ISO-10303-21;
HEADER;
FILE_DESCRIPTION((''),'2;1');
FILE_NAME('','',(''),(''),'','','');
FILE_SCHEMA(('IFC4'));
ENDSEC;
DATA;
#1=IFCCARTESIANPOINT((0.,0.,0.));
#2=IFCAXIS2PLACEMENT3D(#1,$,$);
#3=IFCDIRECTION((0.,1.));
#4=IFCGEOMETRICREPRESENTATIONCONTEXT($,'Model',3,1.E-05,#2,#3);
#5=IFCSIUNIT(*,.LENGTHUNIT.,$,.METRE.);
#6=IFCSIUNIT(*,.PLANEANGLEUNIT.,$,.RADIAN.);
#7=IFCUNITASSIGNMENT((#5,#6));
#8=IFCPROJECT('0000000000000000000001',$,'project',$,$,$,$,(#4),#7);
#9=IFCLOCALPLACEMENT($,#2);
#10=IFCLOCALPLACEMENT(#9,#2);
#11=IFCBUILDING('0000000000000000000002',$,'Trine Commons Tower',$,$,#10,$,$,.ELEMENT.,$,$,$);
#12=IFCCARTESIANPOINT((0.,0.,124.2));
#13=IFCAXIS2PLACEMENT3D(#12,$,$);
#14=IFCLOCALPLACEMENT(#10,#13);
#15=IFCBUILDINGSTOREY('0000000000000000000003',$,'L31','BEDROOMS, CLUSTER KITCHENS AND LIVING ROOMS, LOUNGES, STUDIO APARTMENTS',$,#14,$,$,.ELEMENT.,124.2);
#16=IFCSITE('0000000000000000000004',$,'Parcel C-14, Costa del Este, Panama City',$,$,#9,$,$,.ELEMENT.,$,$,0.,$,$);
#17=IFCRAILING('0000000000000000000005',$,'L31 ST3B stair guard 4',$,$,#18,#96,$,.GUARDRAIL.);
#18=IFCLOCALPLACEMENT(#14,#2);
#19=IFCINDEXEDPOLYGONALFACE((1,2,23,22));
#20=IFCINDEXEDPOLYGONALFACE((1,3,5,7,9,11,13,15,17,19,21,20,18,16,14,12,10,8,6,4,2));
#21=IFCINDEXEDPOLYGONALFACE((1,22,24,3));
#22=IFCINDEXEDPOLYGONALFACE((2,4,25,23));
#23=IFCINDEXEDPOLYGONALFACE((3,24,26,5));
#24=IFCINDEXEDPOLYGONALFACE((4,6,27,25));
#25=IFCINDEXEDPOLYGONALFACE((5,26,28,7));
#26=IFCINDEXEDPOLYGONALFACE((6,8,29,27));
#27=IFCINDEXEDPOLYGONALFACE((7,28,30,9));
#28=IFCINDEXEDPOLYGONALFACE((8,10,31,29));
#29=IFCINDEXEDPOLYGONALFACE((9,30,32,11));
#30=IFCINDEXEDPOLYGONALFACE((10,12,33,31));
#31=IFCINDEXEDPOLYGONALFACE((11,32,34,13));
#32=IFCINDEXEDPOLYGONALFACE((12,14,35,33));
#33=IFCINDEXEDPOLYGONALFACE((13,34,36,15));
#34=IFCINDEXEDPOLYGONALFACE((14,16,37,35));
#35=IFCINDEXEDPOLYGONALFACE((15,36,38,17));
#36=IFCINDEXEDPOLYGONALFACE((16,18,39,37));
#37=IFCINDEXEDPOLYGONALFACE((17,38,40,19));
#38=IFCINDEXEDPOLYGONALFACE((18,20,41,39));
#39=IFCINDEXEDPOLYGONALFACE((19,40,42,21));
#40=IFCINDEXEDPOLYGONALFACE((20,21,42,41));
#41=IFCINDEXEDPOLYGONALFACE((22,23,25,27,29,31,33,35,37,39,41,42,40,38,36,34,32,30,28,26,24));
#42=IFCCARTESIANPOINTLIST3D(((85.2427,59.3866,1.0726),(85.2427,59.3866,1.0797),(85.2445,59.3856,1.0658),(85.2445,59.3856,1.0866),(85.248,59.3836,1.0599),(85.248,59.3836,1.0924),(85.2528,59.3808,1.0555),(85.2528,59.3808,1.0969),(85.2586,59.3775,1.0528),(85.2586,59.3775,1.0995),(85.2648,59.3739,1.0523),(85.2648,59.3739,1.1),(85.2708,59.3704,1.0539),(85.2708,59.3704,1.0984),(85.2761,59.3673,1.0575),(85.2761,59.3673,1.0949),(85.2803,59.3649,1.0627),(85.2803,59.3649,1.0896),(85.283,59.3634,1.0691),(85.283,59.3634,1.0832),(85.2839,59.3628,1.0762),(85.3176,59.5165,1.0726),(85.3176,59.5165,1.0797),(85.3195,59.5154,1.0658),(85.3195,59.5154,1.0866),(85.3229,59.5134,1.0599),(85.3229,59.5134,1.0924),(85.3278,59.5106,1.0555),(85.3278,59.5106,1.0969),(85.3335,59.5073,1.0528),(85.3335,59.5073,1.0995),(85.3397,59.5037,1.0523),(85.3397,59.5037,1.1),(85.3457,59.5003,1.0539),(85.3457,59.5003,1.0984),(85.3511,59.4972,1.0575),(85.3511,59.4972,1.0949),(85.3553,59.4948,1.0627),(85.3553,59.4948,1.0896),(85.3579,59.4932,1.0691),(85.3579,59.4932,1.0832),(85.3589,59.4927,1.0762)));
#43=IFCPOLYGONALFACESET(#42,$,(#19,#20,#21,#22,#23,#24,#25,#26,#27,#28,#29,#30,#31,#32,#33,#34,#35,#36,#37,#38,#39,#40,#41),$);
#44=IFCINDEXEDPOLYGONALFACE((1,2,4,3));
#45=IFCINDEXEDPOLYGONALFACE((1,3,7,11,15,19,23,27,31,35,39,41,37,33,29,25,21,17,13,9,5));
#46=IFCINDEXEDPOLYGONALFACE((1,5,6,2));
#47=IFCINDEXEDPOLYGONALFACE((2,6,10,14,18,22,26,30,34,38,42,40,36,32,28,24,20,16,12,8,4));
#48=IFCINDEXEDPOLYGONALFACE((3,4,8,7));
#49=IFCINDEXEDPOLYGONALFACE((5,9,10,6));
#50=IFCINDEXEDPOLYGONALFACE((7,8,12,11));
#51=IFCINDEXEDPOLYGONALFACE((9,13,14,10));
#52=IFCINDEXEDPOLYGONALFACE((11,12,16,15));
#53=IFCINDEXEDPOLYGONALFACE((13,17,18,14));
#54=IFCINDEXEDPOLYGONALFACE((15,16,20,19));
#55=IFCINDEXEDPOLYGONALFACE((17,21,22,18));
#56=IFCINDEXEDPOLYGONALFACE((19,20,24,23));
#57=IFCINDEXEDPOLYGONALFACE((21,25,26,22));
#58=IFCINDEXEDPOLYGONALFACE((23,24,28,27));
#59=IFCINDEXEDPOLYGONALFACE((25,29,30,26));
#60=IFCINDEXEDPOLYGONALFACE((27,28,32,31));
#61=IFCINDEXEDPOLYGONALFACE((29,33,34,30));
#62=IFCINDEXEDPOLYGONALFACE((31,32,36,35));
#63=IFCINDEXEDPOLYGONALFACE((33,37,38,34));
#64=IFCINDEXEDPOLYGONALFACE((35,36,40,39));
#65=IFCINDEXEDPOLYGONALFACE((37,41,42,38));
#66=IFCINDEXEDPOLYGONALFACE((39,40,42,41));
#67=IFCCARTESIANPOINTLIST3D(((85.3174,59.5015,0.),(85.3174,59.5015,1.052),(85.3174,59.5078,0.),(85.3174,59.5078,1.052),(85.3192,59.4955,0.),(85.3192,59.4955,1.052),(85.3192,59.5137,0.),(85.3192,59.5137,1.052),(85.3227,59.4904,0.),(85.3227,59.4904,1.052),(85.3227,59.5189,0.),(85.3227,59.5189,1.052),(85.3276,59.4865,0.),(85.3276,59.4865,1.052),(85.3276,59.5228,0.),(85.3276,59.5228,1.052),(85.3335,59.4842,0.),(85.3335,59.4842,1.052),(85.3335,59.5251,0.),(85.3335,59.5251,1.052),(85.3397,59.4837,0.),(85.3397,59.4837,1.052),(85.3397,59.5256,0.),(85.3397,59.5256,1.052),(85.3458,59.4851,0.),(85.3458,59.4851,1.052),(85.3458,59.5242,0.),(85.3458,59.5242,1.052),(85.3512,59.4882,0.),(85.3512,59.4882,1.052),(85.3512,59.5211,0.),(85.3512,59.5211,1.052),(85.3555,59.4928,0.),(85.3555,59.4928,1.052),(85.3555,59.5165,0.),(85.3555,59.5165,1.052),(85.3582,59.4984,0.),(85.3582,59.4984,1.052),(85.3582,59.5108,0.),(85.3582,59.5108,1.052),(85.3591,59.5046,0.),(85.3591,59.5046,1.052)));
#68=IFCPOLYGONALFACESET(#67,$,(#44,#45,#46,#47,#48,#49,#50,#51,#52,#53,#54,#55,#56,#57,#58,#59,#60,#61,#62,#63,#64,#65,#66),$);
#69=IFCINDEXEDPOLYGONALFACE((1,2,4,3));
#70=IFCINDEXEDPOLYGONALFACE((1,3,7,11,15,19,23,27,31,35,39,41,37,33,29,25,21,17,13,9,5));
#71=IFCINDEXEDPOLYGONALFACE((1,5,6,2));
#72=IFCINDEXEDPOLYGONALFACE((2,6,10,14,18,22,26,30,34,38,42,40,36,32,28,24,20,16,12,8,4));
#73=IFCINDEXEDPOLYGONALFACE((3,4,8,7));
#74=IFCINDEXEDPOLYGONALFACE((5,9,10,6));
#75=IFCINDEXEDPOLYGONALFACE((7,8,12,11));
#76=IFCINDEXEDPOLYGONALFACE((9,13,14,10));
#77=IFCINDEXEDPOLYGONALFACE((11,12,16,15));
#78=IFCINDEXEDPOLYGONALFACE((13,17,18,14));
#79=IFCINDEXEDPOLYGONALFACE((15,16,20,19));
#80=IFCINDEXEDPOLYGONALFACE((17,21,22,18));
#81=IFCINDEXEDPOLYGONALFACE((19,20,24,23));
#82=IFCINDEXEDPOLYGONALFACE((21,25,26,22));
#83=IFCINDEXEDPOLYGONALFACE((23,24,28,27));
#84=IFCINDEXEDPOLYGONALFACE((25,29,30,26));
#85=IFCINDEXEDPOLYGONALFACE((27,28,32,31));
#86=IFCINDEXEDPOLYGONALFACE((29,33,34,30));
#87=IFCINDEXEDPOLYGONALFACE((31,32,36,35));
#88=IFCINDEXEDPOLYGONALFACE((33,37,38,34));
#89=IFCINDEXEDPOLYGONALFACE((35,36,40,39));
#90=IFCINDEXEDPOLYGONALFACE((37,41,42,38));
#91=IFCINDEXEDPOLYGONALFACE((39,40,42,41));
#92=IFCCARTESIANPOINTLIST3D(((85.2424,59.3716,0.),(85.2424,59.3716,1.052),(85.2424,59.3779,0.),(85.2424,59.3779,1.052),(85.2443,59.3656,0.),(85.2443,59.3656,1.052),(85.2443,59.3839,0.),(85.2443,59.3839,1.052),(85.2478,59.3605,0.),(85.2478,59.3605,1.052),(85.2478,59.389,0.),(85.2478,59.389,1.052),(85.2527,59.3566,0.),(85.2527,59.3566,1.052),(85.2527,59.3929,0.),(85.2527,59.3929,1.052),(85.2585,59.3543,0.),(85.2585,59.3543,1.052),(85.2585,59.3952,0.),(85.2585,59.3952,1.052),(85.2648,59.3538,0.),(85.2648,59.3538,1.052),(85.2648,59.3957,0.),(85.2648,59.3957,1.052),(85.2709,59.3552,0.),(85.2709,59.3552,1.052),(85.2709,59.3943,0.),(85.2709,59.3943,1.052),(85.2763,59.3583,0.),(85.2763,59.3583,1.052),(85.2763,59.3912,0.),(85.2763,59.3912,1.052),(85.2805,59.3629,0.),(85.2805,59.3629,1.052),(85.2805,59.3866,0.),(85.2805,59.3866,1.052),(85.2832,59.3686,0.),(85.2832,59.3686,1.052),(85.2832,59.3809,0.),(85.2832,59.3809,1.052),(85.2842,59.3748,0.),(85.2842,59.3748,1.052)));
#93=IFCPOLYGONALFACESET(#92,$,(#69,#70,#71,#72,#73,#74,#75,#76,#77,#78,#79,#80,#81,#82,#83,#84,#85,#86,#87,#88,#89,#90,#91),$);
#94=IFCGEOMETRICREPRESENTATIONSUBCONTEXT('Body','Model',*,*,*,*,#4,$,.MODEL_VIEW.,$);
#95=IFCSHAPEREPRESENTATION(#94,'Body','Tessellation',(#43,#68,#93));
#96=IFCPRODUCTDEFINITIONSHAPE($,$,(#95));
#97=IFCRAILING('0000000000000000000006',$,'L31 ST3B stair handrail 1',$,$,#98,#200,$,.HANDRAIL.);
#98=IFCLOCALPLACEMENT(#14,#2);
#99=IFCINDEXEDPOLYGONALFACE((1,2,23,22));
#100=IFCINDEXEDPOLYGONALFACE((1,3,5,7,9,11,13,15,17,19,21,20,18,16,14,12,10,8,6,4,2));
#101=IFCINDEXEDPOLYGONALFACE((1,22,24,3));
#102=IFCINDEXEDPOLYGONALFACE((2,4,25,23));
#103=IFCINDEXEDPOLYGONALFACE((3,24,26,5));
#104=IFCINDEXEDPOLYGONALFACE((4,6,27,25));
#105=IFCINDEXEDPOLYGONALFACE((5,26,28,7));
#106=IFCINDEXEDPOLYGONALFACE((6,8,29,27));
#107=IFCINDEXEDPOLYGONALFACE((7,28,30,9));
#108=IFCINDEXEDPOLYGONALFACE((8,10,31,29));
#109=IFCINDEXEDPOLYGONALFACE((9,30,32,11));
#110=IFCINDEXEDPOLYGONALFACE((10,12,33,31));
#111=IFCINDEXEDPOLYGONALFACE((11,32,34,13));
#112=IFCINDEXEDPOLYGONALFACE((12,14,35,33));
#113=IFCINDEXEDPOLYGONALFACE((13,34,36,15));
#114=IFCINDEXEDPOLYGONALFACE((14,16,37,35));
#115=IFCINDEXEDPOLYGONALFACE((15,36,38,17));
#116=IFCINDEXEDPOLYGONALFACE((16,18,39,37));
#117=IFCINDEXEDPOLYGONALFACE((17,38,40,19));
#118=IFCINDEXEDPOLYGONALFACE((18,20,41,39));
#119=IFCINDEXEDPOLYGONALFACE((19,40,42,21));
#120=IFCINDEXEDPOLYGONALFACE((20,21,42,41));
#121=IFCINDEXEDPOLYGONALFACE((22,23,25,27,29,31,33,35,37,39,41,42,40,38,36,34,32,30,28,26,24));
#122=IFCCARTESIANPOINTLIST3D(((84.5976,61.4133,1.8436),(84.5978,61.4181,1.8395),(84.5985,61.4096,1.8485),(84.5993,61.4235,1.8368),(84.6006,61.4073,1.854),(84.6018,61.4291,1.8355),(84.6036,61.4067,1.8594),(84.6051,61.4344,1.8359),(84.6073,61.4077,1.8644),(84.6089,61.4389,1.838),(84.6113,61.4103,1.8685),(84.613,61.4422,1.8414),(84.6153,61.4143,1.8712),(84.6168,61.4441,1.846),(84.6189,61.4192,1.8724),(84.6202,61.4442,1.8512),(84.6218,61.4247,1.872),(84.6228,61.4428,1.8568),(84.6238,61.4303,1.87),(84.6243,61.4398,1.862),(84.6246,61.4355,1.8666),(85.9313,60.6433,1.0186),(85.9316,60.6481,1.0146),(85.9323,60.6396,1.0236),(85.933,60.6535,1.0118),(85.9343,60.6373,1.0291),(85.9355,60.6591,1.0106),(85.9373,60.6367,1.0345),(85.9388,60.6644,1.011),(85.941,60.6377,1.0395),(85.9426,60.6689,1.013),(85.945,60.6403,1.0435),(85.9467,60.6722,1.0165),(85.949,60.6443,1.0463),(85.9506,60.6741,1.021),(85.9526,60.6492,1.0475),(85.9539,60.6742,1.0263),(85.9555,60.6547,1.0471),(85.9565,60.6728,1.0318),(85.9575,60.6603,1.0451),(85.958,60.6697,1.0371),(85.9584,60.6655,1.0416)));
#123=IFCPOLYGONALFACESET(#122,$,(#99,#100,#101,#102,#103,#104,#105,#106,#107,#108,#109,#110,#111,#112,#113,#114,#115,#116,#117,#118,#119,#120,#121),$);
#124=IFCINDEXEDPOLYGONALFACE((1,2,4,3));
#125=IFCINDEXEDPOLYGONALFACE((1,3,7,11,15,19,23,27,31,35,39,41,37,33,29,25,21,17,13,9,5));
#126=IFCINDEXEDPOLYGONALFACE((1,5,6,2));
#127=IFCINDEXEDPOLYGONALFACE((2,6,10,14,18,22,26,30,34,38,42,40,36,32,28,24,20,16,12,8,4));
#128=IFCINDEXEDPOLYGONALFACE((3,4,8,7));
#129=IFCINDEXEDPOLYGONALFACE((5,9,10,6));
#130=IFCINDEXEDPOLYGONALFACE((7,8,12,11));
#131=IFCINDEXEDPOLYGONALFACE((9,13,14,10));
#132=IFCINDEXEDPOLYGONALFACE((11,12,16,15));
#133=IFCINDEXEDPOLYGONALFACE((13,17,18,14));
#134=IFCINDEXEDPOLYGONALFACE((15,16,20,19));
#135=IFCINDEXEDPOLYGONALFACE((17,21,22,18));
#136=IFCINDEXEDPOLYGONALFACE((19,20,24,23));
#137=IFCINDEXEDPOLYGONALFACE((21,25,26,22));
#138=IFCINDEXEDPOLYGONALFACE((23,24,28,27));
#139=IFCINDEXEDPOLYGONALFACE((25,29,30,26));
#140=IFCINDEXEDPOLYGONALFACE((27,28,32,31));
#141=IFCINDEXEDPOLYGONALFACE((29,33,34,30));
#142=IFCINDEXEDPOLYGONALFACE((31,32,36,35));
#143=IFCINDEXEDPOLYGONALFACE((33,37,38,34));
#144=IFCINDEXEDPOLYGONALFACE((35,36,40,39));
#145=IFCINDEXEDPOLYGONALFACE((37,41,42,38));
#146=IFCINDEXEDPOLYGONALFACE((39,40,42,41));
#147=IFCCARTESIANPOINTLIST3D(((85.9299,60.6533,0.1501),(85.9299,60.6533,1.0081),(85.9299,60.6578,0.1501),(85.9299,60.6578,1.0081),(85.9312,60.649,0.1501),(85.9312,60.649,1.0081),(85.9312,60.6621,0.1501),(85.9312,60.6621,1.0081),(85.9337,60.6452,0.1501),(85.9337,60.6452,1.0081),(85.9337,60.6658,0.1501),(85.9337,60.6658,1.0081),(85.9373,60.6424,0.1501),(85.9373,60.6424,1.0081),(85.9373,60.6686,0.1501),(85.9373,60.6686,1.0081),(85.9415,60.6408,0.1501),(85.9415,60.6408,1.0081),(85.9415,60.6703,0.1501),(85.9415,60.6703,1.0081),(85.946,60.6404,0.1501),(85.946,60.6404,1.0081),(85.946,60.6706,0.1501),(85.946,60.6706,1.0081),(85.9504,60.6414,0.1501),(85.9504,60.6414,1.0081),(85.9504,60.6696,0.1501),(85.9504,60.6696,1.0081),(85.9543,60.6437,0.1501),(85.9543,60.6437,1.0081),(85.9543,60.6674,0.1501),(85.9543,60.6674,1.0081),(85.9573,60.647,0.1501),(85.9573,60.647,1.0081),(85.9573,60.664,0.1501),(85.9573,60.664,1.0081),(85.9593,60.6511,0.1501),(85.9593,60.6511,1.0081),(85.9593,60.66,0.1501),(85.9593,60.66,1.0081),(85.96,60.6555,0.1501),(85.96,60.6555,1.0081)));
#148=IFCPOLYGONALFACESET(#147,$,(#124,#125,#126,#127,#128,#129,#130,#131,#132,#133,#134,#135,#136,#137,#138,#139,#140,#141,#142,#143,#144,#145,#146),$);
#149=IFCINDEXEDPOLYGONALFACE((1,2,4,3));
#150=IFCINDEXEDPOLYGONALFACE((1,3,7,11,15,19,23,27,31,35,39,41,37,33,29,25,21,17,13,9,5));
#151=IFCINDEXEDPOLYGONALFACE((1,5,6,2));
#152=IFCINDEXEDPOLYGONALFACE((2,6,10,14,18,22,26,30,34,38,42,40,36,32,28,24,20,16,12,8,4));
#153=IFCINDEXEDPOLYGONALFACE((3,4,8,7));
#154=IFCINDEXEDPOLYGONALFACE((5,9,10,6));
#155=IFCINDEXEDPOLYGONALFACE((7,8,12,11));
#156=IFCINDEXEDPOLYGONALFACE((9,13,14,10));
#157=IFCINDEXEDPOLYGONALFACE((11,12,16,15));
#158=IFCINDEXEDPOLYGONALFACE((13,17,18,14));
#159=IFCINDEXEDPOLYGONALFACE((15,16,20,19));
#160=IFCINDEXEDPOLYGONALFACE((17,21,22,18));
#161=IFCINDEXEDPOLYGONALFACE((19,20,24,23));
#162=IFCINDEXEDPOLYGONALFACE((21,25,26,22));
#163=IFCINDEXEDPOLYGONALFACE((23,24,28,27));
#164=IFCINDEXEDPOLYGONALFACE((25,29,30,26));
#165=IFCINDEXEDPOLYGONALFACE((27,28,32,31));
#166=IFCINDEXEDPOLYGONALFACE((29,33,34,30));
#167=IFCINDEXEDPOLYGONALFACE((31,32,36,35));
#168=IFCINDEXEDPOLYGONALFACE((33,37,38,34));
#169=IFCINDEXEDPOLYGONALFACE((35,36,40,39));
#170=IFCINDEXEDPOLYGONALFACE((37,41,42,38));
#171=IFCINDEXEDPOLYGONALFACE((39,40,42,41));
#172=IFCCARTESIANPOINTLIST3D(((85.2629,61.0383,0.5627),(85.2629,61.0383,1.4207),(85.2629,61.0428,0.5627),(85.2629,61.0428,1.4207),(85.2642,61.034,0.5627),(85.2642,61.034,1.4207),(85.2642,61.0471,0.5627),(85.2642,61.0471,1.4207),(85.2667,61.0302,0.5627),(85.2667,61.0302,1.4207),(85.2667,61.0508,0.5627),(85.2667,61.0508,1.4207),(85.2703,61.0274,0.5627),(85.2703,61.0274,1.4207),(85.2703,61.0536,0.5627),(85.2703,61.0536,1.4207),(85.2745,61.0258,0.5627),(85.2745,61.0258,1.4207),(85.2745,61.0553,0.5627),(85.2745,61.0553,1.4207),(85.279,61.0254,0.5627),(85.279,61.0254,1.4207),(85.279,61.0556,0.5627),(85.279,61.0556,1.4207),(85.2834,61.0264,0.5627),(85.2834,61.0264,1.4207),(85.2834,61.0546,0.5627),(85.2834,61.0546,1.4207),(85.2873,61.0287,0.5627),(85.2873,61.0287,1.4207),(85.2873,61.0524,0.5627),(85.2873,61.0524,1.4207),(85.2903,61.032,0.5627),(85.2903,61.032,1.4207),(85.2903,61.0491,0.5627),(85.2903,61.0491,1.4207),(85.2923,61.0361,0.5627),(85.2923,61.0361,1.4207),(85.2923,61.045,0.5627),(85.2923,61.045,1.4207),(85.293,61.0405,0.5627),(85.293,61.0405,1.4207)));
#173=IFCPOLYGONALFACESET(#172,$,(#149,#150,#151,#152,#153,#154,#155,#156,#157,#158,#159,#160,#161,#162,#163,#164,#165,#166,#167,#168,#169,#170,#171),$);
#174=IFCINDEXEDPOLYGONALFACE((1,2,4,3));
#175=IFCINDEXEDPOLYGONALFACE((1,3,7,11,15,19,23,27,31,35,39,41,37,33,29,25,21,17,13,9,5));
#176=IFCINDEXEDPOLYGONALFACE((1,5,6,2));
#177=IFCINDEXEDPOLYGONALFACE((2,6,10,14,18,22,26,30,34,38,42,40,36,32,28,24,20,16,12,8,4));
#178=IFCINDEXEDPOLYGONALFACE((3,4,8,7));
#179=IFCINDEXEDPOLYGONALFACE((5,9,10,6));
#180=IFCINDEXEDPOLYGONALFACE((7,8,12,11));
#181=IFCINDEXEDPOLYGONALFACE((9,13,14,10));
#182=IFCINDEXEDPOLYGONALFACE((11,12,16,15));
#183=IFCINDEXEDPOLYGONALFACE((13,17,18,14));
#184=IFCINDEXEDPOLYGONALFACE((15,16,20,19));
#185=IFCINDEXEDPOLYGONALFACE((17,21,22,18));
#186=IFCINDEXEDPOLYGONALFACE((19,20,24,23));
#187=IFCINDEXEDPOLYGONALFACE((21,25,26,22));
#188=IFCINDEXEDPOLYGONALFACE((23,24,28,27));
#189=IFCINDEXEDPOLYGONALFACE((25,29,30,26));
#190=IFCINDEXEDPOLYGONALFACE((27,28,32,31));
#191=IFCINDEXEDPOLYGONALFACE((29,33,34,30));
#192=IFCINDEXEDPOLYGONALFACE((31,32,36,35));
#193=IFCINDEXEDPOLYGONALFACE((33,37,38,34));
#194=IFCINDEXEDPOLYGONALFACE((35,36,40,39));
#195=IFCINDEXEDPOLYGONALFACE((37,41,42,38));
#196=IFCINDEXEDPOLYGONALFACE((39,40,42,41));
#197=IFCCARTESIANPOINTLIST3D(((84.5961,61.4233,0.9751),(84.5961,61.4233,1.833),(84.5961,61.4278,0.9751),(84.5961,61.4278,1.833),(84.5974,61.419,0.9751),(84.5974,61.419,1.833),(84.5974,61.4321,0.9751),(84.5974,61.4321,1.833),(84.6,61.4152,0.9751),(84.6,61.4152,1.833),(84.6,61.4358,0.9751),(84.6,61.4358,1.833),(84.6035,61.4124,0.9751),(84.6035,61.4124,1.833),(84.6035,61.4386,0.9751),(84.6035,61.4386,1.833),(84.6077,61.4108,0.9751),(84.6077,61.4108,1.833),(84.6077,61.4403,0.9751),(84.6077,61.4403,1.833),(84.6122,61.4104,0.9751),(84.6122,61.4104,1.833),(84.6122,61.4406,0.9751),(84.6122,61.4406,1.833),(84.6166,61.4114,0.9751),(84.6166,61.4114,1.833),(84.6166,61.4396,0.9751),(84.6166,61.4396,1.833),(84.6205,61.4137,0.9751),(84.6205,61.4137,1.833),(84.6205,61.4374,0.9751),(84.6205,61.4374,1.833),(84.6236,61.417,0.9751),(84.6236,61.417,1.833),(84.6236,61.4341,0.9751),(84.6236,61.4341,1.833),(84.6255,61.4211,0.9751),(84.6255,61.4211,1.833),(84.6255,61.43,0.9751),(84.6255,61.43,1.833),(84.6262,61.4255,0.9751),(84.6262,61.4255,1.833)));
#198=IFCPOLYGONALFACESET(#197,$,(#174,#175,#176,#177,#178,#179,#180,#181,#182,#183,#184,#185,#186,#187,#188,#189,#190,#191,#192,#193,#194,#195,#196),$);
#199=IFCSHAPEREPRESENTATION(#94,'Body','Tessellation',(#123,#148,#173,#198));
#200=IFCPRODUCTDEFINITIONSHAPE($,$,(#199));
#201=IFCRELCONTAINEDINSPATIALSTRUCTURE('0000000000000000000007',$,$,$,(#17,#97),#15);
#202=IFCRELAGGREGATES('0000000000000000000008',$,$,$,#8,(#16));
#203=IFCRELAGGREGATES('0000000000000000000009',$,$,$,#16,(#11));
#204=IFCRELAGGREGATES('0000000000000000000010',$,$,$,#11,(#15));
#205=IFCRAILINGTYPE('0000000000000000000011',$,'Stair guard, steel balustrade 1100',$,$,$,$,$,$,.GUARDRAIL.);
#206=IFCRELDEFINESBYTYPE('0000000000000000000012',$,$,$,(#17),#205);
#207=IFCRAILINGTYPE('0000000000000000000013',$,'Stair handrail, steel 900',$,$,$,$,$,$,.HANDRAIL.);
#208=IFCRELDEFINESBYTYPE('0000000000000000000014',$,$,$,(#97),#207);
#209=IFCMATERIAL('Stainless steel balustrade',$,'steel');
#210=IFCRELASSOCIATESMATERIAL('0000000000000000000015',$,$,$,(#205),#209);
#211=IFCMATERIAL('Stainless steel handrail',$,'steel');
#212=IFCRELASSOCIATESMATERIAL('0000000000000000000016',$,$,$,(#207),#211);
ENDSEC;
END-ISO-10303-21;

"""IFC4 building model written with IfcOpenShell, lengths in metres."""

from ifc_helpers import new_model, si_unit, direction, frame, origin, origin_2d, place, context, subcontext, project, spatial, circle, extrude, material, type_object, element, save


model = new_model("IFC4")

# Units and contexts
model_context = context("Model", 3, precision=1e-05, world=origin(), true_north=direction((0.0, 1.0)))
body_context = subcontext(model_context, "Body", "Model", "MODEL_VIEW")
ifc_project = project(units=[si_unit("LENGTHUNIT", "METRE"), si_unit("PLANEANGLEUNIT", "RADIAN")], contexts=[model_context])

# Site, building, storey
site_placement = place(None, origin())
site = spatial("IfcSite", under=ifc_project, at=site_placement, Name="Parcel C-14, Costa del Este, Panama City", CompositionType="ELEMENT", RefElevation=0.0)
building_placement = place(site_placement, origin())
building = spatial("IfcBuilding", under=site, at=building_placement, Name="Trine Commons Tower", CompositionType="ELEMENT")
storey_placement = place(building_placement, frame((0.0, 0.0, 124.2)))
storey = spatial("IfcBuildingStorey", under=building, at=storey_placement, Name="L31", Description="BEDROOMS, CLUSTER KITCHENS AND LIVING ROOMS, LOUNGES, STUDIO APARTMENTS", CompositionType="ELEMENT", Elevation=124.2)

# Railings
ifc_material_1 = material(Name="Stainless steel balustrade", Category="steel")
railing_type_1 = type_object("IfcRailingType", Name="Stair guard, steel balustrade 1100", PredefinedType="GUARDRAIL", material=ifc_material_1)
railing_1_placement = place(storey_placement, frame((85.3381, 59.5046, 0.0)))
element("IfcRailing", 1, at=railing_1_placement, inside=storey, type_object=railing_type_1, Name="L31 ST3B stair guard 4", PredefinedType="GUARDRAIL", context=body_context, shape_type="SweptSolid", body=[
    extrude(circle(Radius=0.0239, at=origin_2d()), frame((0.0, 0.0, 1.0762), z_axis=(-0.499816, -0.866131, 0.0), x_axis=(0.866131, -0.499816, 0.0)), (0.0, 0.0, 1.0), 0.1499),
    extrude(circle(Radius=0.021, at=origin_2d()), origin(), (0.0, 0.0, 1.0), 1.052),
    extrude(circle(Radius=0.021, at=origin_2d()), frame((-0.075, -0.1299, 0.0)), (0.0, 0.0, 1.0), 1.052),
])
ifc_material_2 = material(Name="Stainless steel handrail", Category="steel")
railing_type_2 = type_object("IfcRailingType", Name="Stair handrail, steel 900", PredefinedType="HANDRAIL", material=ifc_material_2)
for number, where, name in (
    (2, (85.9448, 60.6555, 0.1501), "L31 ST3B stair handrail 1"),
):
    element("IfcRailing", number, at=place(storey_placement, frame(where)), inside=storey, type_object=railing_type_2, Name=name, PredefinedType="HANDRAIL", context=body_context, shape_type="SweptSolid", body=[
        extrude(circle(Radius=0.021, at=origin_2d()), frame((0.0, 0.0, 0.8789), z_axis=(-0.763405, 0.440743, 0.472185), x_axis=(-0.499992, -0.86603, 0.0)), (0.0, 0.0, 1.0), 1.7471),
        extrude(circle(Radius=0.0151, at=origin_2d()), origin(), (0.0, 0.0, 1.0), 0.8579),
        extrude(circle(Radius=0.0151, at=origin_2d()), frame((-0.667, 0.385, 0.4126)), (0.0, 0.0, 1.0), 0.8579),
        extrude(circle(Radius=0.0151, at=origin_2d()), frame((-1.3337, 0.77, 0.825)), (0.0, 0.0, 1.0), 0.8579),
    ])

save(model, "model.ifc")
